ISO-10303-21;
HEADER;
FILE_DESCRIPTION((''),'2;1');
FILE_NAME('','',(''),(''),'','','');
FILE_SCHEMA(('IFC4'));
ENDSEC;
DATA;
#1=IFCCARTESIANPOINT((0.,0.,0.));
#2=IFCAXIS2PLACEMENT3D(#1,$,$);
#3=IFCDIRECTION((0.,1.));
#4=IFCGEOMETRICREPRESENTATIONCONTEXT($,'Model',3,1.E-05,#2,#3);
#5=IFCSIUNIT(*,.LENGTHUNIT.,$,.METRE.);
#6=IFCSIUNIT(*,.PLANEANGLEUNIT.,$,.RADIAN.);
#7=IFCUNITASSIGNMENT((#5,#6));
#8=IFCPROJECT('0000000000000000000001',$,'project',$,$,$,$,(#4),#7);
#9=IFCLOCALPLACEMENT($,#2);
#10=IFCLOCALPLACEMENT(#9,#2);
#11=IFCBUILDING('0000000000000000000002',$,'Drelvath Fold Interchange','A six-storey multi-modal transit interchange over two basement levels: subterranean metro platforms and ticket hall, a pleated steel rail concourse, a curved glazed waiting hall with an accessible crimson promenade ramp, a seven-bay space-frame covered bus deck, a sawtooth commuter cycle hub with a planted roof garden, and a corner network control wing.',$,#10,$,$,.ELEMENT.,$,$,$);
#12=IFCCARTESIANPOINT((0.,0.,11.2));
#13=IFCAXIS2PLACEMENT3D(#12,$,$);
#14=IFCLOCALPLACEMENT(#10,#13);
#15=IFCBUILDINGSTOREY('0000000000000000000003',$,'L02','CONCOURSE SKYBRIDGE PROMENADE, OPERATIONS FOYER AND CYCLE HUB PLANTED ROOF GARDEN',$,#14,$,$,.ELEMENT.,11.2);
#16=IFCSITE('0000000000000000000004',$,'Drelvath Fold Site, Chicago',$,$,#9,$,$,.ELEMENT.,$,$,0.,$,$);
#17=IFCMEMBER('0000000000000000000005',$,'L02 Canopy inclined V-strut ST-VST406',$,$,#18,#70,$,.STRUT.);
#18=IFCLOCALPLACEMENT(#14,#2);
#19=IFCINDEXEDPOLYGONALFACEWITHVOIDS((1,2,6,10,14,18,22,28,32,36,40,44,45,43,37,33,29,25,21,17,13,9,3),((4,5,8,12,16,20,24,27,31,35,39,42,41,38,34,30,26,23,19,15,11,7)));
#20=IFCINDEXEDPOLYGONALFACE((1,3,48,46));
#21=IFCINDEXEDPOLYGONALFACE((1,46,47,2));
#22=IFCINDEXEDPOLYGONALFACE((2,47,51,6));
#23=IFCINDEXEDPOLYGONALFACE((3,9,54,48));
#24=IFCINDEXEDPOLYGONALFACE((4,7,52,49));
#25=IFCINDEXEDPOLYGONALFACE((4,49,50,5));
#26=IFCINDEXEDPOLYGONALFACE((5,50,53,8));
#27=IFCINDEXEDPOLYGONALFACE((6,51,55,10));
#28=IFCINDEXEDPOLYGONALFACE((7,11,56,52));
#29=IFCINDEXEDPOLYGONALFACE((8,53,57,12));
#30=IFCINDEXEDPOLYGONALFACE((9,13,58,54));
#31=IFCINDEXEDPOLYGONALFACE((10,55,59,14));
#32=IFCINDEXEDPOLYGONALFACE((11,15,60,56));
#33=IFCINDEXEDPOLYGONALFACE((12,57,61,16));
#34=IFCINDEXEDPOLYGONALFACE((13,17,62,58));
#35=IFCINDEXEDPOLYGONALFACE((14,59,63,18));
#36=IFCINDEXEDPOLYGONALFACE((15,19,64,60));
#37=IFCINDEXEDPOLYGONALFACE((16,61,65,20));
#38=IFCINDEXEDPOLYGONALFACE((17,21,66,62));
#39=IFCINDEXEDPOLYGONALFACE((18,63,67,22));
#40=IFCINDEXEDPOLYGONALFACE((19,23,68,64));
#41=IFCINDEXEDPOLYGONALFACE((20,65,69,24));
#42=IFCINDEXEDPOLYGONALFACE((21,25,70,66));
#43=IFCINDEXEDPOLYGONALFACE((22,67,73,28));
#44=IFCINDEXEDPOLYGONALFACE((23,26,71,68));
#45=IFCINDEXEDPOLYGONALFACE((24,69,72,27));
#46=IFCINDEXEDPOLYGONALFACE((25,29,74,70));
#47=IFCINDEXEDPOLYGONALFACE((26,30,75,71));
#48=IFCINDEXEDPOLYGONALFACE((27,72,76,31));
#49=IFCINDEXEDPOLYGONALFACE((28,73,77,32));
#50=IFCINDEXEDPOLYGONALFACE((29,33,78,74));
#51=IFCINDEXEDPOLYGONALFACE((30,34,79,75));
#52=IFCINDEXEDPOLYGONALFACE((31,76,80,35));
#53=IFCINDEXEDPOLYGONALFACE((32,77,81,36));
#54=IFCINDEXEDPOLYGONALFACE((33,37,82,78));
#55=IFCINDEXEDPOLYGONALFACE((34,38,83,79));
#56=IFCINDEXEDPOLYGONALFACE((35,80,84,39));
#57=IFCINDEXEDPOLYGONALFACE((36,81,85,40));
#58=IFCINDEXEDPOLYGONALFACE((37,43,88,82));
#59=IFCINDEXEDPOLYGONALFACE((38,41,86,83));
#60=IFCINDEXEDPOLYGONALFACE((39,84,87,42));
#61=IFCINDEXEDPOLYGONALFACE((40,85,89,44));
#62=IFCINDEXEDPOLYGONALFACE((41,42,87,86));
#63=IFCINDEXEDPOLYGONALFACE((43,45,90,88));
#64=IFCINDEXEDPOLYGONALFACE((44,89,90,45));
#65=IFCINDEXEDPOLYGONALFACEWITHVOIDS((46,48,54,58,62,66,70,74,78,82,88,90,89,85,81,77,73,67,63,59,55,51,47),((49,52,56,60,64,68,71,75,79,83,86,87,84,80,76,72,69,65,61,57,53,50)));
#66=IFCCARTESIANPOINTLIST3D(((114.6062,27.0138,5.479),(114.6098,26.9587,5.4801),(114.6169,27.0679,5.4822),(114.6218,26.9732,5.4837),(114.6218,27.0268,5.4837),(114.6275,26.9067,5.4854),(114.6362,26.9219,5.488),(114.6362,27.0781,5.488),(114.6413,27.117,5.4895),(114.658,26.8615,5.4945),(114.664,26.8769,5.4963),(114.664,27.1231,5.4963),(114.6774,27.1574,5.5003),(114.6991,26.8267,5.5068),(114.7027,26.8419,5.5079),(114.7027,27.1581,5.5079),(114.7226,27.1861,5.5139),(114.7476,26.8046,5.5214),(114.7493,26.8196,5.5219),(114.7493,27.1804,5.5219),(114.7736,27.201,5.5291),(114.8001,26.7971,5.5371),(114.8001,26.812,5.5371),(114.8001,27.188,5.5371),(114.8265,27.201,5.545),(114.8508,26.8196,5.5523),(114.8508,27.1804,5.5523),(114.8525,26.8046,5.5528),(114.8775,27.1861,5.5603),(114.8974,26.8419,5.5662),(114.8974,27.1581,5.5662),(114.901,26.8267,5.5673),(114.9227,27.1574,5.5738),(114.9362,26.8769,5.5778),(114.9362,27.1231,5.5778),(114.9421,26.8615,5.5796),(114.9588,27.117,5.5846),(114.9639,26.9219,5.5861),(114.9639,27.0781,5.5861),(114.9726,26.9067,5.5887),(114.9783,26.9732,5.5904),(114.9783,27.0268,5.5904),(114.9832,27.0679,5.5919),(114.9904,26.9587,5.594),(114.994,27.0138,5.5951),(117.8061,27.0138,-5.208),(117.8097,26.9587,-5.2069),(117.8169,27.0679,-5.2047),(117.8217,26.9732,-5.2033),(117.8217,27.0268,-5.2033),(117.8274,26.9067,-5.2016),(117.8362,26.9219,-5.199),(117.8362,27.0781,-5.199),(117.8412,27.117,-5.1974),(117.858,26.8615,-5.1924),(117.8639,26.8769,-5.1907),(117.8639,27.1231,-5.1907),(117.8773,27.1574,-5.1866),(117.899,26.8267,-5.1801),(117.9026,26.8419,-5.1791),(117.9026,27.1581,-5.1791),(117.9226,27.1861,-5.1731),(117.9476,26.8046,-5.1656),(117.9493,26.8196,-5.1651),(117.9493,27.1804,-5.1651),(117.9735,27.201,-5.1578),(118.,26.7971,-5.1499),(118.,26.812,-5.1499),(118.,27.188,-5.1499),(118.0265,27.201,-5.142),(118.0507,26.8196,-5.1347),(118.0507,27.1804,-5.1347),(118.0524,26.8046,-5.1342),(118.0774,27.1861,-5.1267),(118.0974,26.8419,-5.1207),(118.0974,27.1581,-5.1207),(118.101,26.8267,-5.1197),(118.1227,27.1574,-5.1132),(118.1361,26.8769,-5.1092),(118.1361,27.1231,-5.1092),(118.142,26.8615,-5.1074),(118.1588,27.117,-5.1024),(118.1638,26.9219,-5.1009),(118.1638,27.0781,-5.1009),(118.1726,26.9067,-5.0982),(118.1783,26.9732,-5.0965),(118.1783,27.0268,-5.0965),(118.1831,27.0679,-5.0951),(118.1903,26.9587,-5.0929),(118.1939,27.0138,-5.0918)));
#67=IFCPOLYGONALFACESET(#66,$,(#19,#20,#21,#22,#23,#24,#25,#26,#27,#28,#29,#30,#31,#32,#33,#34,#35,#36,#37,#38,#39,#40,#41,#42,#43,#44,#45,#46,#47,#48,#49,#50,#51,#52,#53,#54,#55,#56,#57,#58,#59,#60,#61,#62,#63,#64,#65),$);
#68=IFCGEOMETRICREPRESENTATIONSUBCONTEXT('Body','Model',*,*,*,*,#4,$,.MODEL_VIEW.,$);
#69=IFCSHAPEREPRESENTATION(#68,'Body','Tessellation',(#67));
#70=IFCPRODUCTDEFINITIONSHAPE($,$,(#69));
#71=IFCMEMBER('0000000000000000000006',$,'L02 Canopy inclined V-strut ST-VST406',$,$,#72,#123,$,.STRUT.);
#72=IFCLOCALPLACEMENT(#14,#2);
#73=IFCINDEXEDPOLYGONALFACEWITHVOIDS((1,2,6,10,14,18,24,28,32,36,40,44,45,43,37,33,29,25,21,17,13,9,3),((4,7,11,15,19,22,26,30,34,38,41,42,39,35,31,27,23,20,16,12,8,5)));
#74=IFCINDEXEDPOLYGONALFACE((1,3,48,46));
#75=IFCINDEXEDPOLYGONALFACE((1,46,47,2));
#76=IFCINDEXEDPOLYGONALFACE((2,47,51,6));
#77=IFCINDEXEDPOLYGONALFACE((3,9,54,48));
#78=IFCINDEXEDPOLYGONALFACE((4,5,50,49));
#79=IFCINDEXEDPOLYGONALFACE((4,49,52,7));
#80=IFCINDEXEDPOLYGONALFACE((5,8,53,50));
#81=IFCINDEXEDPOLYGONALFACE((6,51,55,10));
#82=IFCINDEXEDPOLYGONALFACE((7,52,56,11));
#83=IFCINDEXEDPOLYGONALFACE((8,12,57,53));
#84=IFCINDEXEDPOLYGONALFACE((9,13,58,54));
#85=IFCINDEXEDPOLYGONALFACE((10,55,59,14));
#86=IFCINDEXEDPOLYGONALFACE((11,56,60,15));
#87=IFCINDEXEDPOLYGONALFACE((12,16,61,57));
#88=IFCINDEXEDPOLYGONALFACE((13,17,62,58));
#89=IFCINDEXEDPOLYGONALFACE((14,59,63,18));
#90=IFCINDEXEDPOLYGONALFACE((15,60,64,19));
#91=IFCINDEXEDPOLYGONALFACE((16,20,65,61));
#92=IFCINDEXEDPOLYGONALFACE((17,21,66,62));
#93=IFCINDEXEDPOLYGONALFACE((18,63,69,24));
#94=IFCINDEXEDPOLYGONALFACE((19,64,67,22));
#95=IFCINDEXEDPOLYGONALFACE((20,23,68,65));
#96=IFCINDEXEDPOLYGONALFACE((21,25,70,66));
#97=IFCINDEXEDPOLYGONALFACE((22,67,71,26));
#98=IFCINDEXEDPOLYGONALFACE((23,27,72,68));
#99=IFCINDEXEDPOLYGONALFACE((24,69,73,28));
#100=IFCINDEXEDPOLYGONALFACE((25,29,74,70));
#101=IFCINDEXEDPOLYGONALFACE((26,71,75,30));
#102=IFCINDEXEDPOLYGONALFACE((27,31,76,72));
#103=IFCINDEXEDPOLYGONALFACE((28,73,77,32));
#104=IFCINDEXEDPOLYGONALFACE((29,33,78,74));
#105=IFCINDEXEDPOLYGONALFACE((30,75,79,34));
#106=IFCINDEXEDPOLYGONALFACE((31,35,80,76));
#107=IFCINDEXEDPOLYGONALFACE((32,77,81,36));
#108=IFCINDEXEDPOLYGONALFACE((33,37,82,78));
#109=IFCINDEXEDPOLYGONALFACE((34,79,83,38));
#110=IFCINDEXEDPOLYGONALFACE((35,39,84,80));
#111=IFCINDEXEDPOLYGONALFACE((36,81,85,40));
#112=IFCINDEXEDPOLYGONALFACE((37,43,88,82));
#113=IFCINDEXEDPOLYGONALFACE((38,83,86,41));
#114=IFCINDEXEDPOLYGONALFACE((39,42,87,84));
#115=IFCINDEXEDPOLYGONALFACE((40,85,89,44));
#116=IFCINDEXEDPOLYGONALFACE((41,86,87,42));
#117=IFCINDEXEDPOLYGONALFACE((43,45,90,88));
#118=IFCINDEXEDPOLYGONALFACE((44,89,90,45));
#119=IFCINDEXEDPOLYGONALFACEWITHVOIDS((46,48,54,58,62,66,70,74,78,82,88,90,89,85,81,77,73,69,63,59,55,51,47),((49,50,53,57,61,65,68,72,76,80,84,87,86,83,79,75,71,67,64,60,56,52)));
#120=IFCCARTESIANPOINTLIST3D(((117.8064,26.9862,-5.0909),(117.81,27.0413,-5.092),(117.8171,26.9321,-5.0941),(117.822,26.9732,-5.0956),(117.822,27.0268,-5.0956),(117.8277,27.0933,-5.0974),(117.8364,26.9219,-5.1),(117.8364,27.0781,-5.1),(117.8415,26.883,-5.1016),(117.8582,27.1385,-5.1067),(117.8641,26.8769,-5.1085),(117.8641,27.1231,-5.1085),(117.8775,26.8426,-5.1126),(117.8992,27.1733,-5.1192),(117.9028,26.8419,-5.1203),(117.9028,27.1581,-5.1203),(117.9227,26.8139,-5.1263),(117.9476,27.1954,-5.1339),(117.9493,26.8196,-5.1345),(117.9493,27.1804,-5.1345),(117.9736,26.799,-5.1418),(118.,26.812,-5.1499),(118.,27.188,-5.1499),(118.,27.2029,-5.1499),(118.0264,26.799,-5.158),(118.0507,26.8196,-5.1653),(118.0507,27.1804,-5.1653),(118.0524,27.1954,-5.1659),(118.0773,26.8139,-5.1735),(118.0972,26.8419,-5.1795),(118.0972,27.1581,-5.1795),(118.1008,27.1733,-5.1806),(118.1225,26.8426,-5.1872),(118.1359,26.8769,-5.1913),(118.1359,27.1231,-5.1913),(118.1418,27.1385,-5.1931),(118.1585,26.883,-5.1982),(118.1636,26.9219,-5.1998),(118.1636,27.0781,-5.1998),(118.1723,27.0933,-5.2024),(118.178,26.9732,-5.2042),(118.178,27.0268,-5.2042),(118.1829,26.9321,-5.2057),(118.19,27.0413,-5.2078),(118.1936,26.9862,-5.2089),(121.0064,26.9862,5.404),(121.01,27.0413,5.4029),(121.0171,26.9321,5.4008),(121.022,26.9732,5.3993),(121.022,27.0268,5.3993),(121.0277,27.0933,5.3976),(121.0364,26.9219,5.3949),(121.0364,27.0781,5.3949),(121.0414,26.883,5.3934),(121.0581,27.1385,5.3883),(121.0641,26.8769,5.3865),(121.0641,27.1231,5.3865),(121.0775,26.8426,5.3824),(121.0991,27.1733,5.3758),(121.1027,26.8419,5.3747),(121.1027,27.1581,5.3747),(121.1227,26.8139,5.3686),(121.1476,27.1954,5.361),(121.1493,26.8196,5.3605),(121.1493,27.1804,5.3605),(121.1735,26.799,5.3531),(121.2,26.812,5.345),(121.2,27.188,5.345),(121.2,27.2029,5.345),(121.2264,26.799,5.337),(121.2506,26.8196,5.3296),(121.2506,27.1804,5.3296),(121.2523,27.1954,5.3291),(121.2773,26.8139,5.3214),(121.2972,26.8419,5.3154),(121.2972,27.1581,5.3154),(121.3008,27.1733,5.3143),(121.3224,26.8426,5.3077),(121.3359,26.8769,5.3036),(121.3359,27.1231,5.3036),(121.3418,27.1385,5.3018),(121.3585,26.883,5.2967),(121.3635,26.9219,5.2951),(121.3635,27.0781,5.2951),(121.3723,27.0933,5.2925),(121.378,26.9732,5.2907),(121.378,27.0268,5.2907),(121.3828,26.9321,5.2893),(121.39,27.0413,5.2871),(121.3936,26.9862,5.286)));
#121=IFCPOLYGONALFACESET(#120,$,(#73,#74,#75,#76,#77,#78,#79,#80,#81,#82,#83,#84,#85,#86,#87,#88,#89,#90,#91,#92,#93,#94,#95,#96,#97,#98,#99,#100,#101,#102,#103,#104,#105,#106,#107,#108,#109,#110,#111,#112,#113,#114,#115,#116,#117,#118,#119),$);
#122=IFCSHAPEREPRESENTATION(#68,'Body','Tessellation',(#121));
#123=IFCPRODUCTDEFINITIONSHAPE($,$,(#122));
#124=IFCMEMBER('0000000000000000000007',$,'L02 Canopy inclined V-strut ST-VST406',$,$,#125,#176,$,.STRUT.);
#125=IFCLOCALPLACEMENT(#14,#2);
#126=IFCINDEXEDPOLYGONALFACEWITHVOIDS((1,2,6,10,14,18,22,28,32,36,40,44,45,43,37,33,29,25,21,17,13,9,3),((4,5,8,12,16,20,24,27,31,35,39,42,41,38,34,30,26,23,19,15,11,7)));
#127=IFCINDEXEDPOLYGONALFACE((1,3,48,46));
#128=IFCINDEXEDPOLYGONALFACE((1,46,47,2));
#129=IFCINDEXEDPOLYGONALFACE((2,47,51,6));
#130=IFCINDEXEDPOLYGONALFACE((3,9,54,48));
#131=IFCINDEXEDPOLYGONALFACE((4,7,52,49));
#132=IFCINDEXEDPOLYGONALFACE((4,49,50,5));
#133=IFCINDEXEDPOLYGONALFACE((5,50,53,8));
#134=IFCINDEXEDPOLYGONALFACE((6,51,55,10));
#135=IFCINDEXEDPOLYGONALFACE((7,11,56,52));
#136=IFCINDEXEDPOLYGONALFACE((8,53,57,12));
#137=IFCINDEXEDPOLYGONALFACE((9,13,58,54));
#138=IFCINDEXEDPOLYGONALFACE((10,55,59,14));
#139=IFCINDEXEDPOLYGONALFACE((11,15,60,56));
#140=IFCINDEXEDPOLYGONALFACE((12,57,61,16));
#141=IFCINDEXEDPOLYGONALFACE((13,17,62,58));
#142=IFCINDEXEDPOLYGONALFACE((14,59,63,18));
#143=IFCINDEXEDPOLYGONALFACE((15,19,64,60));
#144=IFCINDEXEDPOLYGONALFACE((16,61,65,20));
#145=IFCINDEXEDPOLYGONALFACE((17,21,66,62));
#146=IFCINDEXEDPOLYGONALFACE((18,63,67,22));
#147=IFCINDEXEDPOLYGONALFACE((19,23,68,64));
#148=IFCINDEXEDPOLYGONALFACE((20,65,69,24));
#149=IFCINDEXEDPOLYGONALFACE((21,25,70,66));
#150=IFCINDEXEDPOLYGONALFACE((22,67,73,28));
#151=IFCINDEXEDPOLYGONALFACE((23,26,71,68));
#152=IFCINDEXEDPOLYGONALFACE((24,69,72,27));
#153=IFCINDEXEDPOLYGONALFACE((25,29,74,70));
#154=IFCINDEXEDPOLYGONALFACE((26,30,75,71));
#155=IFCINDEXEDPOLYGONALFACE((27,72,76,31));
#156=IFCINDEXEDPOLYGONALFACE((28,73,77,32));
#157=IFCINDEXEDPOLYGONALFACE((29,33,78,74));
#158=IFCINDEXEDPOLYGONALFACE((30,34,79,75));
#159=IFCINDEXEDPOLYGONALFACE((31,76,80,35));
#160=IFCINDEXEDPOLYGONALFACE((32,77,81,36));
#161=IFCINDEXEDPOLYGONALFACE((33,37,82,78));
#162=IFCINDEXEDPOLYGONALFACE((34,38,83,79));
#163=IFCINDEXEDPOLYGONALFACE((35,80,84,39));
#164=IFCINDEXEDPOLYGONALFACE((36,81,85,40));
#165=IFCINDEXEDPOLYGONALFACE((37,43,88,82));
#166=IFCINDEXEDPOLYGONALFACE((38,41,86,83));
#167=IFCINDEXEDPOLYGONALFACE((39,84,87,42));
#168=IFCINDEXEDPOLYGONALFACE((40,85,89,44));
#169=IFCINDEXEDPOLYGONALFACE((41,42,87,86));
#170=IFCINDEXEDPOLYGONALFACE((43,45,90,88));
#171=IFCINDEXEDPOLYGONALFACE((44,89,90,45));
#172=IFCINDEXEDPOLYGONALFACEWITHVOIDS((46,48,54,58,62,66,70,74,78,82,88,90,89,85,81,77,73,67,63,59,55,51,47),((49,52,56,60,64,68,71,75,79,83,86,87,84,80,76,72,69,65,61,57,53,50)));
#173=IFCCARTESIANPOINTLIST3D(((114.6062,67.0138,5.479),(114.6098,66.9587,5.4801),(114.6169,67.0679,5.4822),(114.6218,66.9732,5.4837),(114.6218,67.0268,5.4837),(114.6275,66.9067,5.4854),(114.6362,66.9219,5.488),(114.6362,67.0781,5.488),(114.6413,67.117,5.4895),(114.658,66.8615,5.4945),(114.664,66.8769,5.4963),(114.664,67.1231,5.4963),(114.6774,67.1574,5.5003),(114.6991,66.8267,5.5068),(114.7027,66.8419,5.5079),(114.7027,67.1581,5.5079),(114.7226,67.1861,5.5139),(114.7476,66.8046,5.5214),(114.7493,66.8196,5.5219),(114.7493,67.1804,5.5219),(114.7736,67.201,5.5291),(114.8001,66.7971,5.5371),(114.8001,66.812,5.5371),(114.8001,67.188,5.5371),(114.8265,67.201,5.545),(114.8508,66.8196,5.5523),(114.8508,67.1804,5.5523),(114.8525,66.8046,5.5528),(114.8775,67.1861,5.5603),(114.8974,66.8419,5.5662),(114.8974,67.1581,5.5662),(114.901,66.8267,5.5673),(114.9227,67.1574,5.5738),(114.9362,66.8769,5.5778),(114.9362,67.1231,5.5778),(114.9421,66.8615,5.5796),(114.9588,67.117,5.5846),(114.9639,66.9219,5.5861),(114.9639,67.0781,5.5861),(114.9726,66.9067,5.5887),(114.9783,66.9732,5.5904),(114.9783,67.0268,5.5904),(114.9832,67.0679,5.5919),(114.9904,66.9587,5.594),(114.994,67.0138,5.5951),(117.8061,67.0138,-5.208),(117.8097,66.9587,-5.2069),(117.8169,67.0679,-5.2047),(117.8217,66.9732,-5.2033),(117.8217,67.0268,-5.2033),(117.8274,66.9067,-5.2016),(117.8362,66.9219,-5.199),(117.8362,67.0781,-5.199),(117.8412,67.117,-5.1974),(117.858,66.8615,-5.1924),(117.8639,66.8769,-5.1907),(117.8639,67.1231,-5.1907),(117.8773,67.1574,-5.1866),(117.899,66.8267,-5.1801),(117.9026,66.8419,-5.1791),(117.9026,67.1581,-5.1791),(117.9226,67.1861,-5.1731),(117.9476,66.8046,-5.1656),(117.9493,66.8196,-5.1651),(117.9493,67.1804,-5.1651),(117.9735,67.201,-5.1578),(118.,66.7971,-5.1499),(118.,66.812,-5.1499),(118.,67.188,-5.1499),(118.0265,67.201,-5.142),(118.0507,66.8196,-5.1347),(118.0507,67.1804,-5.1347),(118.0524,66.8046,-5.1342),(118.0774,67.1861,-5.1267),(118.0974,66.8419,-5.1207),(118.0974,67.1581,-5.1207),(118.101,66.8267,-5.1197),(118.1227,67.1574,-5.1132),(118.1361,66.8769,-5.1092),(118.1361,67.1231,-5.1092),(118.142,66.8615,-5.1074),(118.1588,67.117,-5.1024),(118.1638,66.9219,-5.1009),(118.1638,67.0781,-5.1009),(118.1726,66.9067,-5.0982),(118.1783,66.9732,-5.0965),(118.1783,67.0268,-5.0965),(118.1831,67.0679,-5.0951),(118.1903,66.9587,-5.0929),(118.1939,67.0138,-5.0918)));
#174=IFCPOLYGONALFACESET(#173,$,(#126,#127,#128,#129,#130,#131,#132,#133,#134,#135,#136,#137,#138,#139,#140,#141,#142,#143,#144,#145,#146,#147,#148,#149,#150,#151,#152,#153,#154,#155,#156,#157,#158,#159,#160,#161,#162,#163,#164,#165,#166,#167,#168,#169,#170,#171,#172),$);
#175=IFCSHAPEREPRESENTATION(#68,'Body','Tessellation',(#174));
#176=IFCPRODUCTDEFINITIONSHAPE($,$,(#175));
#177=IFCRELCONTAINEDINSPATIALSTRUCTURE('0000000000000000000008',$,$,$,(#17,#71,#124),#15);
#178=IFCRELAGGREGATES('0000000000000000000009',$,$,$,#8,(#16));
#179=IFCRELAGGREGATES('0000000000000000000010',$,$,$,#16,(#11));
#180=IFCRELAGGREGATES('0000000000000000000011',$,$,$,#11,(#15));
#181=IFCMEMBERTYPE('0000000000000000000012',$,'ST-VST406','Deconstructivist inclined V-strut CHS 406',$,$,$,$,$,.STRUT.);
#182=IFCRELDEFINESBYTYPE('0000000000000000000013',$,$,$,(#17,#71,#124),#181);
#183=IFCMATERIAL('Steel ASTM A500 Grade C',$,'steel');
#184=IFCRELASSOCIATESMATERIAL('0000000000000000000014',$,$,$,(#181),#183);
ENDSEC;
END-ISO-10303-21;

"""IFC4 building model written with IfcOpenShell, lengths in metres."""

from ifc_helpers import new_model, si_unit, direction, frame, origin, origin_2d, place, context, subcontext, project, spatial, hollow_circle, extrude, material, material_profile, profile_set, type_object, element, save


model = new_model("IFC4")

# Units and contexts
model_context = context("Model", 3, precision=1e-05, world=origin(), true_north=direction((0.0, 1.0)))
body_context = subcontext(model_context, "Body", "Model", "MODEL_VIEW")
ifc_project = project(units=[si_unit("LENGTHUNIT", "METRE"), si_unit("PLANEANGLEUNIT", "RADIAN")], contexts=[model_context])

# Site, building, storey
site_placement = place(None, origin())
site = spatial("IfcSite", under=ifc_project, at=site_placement, Name="Drelvath Fold Site, Chicago", CompositionType="ELEMENT", RefElevation=0.0)
building_placement = place(site_placement, origin())
building = spatial("IfcBuilding", under=site, at=building_placement, Name="Drelvath Fold Interchange", Description="A six-storey multi-modal transit interchange over two basement levels: subterranean metro platforms and ticket hall, a pleated steel rail concourse, a curved glazed waiting hall with an accessible crimson promenade ramp, a seven-bay space-frame covered bus deck, a sawtooth commuter cycle hub with a planted roof garden, and a corner network control wing.", CompositionType="ELEMENT")
storey_placement = place(building_placement, frame((0.0, 0.0, 11.2)))
storey = spatial("IfcBuildingStorey", under=building, at=storey_placement, Name="L02", Description="CONCOURSE SKYBRIDGE PROMENADE, OPERATIONS FOYER AND CYCLE HUB PLANTED ROOF GARDEN", CompositionType="ELEMENT", Elevation=11.2)

# Shared definitions
ifc_material_1 = material(Name="Steel ASTM A500 Grade C", Category="steel")

# Members
ifc_material_profile_1 = material_profile(ifc_material_1, hollow_circle(Radius=0.2029, WallThickness=0.0149, at=origin_2d()), Name="HSS16.000X0.625")
ifc_profile_set_1 = profile_set([ifc_material_profile_1], Name="Steel ASTM A500 Grade C")
member_type_1 = type_object("IfcMemberType", Name="ST-VST406", Description="Deconstructivist inclined V-strut CHS 406", PredefinedType="STRUT", material=ifc_profile_set_1)
member_1_placement = place(storey_placement, frame((118.0, 27.0, -5.1499), z_axis=(-0.286842, 0.0, 0.957978), x_axis=(0.0, -1.0, 0.0)))
element("IfcMember", 1, at=member_1_placement, inside=storey, type_object=member_type_1, Name="L02 Canopy inclined V-strut ST-VST406", PredefinedType="STRUT", context=body_context, shape_type="SweptSolid", body=[
    extrude(hollow_circle(Radius=0.2029, WallThickness=0.0149, at=origin_2d()), origin(), (0.0, 0.0, 1.0), 11.1558),
])
member_2_placement = place(storey_placement, frame((118.0, 27.0, -5.1499), z_axis=(0.29165, 0.0, 0.956525), x_axis=(0.0, 1.0, 0.0)))
element("IfcMember", 2, at=member_2_placement, inside=storey, type_object=member_type_1, Name="L02 Canopy inclined V-strut ST-VST406", PredefinedType="STRUT", context=body_context, shape_type="SweptSolid", body=[
    extrude(hollow_circle(Radius=0.2029, WallThickness=0.0149, at=origin_2d()), origin(), (0.0, 0.0, 1.0), 10.9719),
])
member_3_placement = place(storey_placement, frame((118.0, 67.0, -5.1499), z_axis=(-0.286842, 0.0, 0.957978), x_axis=(0.0, -1.0, 0.0)))
element("IfcMember", 3, at=member_3_placement, inside=storey, type_object=member_type_1, Name="L02 Canopy inclined V-strut ST-VST406", PredefinedType="STRUT", context=body_context, shape_type="SweptSolid", body=[
    extrude(hollow_circle(Radius=0.2029, WallThickness=0.0149, at=origin_2d()), origin(), (0.0, 0.0, 1.0), 11.1558),
])

save(model, "model.ifc")
